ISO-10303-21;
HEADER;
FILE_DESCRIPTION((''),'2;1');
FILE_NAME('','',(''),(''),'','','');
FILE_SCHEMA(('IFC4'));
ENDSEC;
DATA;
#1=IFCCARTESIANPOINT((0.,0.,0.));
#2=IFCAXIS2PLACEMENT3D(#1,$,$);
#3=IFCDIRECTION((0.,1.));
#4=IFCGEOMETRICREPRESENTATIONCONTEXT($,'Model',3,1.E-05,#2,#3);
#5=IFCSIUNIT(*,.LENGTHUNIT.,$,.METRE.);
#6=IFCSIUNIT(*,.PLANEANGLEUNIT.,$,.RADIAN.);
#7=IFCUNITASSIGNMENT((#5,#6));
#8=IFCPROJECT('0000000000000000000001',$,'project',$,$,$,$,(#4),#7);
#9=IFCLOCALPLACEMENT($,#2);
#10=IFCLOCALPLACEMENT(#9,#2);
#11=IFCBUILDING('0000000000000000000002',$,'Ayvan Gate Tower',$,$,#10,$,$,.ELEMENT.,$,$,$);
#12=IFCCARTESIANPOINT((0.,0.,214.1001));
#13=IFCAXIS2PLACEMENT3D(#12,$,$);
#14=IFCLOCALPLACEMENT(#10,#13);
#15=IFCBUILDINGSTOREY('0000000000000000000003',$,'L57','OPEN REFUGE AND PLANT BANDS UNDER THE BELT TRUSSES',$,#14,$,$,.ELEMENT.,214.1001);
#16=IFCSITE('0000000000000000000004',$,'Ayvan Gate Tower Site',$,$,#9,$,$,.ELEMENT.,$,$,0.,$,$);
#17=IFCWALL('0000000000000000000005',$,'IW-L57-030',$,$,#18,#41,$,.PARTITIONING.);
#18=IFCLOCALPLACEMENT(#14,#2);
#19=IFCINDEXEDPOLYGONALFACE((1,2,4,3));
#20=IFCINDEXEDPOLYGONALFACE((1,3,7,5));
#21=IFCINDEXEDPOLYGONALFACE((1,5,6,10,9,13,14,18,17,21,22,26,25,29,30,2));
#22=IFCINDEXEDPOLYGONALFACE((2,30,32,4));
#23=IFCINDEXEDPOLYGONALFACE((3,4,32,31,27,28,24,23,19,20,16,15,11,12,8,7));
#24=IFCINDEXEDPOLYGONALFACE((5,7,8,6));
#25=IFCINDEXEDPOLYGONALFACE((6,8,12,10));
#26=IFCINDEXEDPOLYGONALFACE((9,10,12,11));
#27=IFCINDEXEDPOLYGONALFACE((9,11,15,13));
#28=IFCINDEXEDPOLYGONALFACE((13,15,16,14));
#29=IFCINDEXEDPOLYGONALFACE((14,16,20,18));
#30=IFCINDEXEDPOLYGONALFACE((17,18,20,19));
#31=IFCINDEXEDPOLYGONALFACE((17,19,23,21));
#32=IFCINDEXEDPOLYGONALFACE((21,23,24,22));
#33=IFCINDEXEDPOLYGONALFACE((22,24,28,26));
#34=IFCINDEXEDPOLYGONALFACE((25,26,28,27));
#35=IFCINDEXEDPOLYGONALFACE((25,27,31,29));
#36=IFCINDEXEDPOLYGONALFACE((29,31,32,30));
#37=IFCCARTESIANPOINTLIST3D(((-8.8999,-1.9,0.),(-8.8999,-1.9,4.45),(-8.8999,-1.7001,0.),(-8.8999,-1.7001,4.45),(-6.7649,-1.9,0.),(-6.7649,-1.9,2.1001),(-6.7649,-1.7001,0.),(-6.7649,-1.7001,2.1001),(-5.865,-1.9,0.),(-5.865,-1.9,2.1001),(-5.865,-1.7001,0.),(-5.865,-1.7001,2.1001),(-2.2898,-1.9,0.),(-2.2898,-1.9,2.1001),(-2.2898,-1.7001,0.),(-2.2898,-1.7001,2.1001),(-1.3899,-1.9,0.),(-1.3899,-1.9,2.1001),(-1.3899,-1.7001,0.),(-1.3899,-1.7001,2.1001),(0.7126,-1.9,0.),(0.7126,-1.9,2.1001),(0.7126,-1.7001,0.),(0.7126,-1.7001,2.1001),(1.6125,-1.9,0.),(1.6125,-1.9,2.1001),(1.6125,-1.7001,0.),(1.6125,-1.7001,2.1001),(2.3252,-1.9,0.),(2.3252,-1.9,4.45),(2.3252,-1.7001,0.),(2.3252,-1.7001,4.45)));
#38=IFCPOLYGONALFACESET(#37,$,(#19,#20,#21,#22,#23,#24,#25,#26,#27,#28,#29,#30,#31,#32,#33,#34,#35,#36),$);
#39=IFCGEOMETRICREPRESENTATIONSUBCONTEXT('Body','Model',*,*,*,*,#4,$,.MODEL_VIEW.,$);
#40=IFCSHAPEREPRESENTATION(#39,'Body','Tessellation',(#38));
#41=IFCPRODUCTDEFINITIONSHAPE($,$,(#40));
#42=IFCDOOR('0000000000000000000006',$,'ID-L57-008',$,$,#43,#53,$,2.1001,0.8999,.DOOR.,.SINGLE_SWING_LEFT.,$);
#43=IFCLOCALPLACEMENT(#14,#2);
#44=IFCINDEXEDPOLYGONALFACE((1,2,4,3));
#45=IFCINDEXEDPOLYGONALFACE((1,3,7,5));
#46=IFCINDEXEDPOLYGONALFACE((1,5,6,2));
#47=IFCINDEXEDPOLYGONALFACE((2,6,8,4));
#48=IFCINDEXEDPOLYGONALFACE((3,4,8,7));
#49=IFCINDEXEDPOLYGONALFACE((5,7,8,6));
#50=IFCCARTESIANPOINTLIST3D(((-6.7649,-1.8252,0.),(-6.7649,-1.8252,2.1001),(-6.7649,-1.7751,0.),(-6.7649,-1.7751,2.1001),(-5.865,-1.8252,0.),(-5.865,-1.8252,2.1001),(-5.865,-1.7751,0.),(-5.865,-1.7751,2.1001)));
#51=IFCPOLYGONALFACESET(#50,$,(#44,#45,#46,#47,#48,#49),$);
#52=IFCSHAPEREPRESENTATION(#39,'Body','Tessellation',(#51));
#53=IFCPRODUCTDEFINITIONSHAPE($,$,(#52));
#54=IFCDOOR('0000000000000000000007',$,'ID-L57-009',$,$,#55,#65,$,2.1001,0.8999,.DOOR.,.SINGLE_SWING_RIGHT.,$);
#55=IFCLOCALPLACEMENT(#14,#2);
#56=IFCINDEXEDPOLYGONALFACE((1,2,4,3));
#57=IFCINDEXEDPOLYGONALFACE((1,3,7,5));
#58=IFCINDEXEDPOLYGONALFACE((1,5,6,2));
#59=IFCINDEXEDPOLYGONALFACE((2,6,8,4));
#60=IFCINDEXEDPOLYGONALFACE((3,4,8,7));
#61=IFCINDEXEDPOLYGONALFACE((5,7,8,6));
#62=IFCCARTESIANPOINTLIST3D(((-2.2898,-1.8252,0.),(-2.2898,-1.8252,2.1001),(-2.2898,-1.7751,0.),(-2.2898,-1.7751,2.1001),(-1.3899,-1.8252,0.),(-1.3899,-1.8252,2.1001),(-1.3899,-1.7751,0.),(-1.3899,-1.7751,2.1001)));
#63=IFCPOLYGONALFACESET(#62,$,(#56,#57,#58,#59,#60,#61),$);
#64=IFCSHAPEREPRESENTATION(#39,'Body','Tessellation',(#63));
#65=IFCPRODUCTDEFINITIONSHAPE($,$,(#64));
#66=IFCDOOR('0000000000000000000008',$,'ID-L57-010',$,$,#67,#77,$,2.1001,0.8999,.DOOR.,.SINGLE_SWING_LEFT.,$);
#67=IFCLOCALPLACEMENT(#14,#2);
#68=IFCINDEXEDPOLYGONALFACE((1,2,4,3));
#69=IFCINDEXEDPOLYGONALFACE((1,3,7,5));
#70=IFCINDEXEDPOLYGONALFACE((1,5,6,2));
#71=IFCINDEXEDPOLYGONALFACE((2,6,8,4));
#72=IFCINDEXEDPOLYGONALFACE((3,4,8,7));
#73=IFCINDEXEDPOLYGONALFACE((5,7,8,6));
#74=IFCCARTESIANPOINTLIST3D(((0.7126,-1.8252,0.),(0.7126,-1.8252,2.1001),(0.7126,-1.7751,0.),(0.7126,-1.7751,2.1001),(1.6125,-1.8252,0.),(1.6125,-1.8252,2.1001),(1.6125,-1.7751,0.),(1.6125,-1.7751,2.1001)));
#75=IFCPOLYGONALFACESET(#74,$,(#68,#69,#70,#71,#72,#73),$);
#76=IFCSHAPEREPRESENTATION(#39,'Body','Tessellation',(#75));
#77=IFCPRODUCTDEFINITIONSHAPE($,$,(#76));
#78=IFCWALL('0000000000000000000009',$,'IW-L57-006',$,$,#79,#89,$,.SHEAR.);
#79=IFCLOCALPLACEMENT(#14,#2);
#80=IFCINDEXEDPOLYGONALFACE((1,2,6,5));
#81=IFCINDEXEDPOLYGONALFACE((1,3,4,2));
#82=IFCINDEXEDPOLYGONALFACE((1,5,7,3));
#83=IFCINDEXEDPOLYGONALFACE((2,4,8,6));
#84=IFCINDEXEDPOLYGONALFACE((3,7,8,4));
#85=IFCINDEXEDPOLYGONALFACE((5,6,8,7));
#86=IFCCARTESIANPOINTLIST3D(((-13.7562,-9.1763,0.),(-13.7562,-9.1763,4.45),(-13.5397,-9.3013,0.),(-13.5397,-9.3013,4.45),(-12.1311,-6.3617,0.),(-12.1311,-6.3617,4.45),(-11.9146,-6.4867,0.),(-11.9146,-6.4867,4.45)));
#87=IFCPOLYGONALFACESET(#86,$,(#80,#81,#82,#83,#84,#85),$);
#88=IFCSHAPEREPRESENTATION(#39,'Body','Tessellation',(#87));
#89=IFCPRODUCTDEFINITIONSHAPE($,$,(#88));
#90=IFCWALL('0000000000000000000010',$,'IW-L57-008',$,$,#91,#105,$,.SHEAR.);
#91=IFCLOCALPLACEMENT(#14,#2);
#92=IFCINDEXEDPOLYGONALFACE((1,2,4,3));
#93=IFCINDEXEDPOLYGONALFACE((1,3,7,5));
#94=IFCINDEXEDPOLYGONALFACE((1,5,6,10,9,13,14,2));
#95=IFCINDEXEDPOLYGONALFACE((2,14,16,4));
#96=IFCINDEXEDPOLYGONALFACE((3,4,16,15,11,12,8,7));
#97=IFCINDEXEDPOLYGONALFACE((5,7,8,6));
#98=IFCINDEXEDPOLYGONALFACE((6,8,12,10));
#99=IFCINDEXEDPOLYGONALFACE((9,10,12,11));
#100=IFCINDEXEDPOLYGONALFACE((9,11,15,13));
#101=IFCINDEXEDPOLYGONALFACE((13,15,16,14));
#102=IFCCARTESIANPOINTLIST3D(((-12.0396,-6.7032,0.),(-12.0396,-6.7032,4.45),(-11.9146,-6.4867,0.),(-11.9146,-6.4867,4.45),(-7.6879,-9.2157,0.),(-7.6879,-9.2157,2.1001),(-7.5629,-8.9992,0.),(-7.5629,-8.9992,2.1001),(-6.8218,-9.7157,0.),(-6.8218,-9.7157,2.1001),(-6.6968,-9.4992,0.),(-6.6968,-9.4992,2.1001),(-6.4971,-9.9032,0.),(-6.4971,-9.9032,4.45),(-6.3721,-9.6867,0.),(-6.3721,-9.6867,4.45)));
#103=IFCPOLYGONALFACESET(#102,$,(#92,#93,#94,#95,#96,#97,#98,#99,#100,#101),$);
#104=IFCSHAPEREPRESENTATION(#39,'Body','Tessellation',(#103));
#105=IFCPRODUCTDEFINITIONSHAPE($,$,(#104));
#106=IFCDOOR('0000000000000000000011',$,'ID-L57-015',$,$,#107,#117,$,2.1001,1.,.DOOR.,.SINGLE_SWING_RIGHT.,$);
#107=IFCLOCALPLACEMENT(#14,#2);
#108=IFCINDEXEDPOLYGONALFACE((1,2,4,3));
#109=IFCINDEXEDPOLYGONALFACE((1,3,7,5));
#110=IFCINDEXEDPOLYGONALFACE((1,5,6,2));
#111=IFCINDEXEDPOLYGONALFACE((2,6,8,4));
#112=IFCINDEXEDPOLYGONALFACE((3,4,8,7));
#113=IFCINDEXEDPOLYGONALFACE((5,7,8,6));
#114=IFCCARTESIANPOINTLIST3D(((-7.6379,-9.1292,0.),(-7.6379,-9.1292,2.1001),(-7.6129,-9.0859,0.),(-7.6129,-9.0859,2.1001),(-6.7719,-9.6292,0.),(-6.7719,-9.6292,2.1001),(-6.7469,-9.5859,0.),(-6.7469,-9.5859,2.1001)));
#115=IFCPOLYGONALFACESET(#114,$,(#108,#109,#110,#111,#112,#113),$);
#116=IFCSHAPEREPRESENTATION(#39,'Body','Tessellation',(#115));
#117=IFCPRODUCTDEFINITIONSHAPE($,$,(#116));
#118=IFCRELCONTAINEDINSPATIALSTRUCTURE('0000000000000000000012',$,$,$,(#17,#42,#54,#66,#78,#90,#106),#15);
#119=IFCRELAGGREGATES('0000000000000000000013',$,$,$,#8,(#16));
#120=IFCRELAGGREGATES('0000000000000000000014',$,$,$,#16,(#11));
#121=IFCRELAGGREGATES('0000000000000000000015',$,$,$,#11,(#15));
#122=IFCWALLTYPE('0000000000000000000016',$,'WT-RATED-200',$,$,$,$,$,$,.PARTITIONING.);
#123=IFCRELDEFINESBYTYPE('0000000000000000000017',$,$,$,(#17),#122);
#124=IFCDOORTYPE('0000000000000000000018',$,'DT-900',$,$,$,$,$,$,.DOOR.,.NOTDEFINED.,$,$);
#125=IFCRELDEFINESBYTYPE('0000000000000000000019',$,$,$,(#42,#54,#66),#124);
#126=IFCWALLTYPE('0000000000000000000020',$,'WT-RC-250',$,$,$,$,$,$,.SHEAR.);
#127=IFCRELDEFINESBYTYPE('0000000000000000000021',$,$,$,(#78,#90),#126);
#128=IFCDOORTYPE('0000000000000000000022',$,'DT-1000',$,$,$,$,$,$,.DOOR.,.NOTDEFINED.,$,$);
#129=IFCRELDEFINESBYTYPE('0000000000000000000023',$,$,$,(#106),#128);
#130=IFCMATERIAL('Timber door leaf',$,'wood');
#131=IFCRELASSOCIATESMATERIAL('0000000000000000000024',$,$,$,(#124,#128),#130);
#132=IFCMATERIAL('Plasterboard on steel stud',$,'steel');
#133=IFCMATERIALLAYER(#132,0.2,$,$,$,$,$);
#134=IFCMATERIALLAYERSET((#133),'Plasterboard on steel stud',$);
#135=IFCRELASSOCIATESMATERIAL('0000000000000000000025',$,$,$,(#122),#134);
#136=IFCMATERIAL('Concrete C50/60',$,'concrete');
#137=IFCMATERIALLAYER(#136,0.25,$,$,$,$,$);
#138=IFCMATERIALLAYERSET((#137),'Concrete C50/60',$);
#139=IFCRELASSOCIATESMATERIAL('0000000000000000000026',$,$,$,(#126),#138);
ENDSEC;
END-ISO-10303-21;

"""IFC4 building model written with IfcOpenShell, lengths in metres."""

from ifc_helpers import new_model, si_unit, direction, frame, frame_2d, origin, place, context, subcontext, project, spatial, rectangle, extrude, material, layer, layer_set, type_object, element, fill, save


model = new_model("IFC4")

# Units and contexts
model_context = context("Model", 3, precision=1e-05, world=origin(), true_north=direction((0.0, 1.0)))
body_context = subcontext(model_context, "Body", "Model", "MODEL_VIEW")
ifc_project = project(units=[si_unit("LENGTHUNIT", "METRE"), si_unit("PLANEANGLEUNIT", "RADIAN")], contexts=[model_context])

# Site, building, storey
site_placement = place(None, origin())
site = spatial("IfcSite", under=ifc_project, at=site_placement, Name="Ayvan Gate Tower Site", CompositionType="ELEMENT", RefElevation=0.0)
building_placement = place(site_placement, origin())
building = spatial("IfcBuilding", under=site, at=building_placement, Name="Ayvan Gate Tower", CompositionType="ELEMENT")
storey_placement = place(building_placement, frame((0.0, 0.0, 214.1001)))
storey = spatial("IfcBuildingStorey", under=building, at=storey_placement, Name="L57", Description="OPEN REFUGE AND PLANT BANDS UNDER THE BELT TRUSSES", CompositionType="ELEMENT", Elevation=214.1001)

# Shared definitions
ifc_material_1 = material(Name="Timber door leaf", Category="wood")
door_type_1 = type_object("IfcDoorType", Name="DT-900", OperationType="NOTDEFINED", PredefinedType="DOOR", material=ifc_material_1)

# Shared definitions
ifc_material_2 = material(Name="Plasterboard on steel stud", Category="steel")

# Wall, openings, doors
ifc_layer_1 = layer(ifc_material_2, 0.2)
ifc_layer_set_1 = layer_set([ifc_layer_1], Name="Plasterboard on steel stud")
wall_type_1 = type_object("IfcWallType", Name="WT-RATED-200", PredefinedType="PARTITIONING", material=ifc_layer_set_1)
wall_1_placement = place(storey_placement, frame((-8.8999, -1.8, 0.0), z_axis=(0.0, 0.0, 1.0), x_axis=(1.0, 0.0, 0.0)))
wall_1 = element("IfcWall", 1, at=wall_1_placement, inside=storey, type_object=wall_type_1, Name="IW-L57-030", PredefinedType="PARTITIONING", context=body_context, shape_type="SweptSolid", body=[
    extrude(rectangle(XDim=11.2251, YDim=0.2, at=frame_2d((5.6125, 0.0))), origin(), (0.0, 0.0, 1.0), 4.45),
])
opening_1_placement = place(wall_1_placement, frame((2.135, 0.0, 0.0)))
opening_1 = element("IfcOpeningElement", 2, at=opening_1_placement, cuts=wall_1, PredefinedType="OPENING", context=body_context, shape_type="SweptSolid", body=[
    extrude(rectangle(XDim=0.8999, YDim=2.1001, at=frame_2d((0.45, 1.05))), frame((0.0, 0.1099, 0.0), z_axis=(0.0, -1.0, 0.0), x_axis=(1.0, 0.0, 0.0)), (0.0, 0.0, 1.0), 0.22),
])
opening_2_placement = place(wall_1_placement, frame((6.6101, 0.0, 0.0)))
opening_2 = element("IfcOpeningElement", 3, at=opening_2_placement, cuts=wall_1, PredefinedType="OPENING", context=body_context, shape_type="SweptSolid", body=[
    extrude(rectangle(XDim=0.8999, YDim=2.1001, at=frame_2d((0.45, 1.05))), frame((0.0, 0.1099, 0.0), z_axis=(0.0, -1.0, 0.0), x_axis=(1.0, 0.0, 0.0)), (0.0, 0.0, 1.0), 0.22),
])
opening_3_placement = place(wall_1_placement, frame((9.6125, 0.0, 0.0)))
opening_3 = element("IfcOpeningElement", 4, at=opening_3_placement, cuts=wall_1, PredefinedType="OPENING", context=body_context, shape_type="SweptSolid", body=[
    extrude(rectangle(XDim=0.8999, YDim=2.1001, at=frame_2d((0.45, 1.05))), frame((0.0, 0.1099, 0.0), z_axis=(0.0, -1.0, 0.0), x_axis=(1.0, 0.0, 0.0)), (0.0, 0.0, 1.0), 0.22),
])
door_1_placement = place(opening_1_placement, origin())
door_1 = element("IfcDoor", 5, at=door_1_placement, inside=storey, type_object=door_type_1, Name="ID-L57-008", OperationType="SINGLE_SWING_LEFT", OverallHeight=2.1001, OverallWidth=0.8999, PredefinedType="DOOR", context=body_context, shape_type="SweptSolid", body=[
    extrude(rectangle(XDim=0.8999, YDim=2.1001, at=frame_2d((0.45, 1.05))), frame((0.0, 0.0249, 0.0), z_axis=(0.0, -1.0, 0.0), x_axis=(1.0, 0.0, 0.0)), (0.0, 0.0, 1.0), 0.05),
])
fill(opening_1, door_1)
door_2_placement = place(opening_2_placement, origin())
door_2 = element("IfcDoor", 6, at=door_2_placement, inside=storey, type_object=door_type_1, Name="ID-L57-009", OperationType="SINGLE_SWING_RIGHT", OverallHeight=2.1001, OverallWidth=0.8999, PredefinedType="DOOR", context=body_context, shape_type="SweptSolid", body=[
    extrude(rectangle(XDim=0.8999, YDim=2.1001, at=frame_2d((0.45, 1.05))), frame((0.0, 0.0249, 0.0), z_axis=(0.0, -1.0, 0.0), x_axis=(1.0, 0.0, 0.0)), (0.0, 0.0, 1.0), 0.05),
])
fill(opening_2, door_2)
door_3_placement = place(opening_3_placement, origin())
door_3 = element("IfcDoor", 7, at=door_3_placement, inside=storey, type_object=door_type_1, Name="ID-L57-010", OperationType="SINGLE_SWING_LEFT", OverallHeight=2.1001, OverallWidth=0.8999, PredefinedType="DOOR", context=body_context, shape_type="SweptSolid", body=[
    extrude(rectangle(XDim=0.8999, YDim=2.1001, at=frame_2d((0.45, 1.05))), frame((0.0, 0.0249, 0.0), z_axis=(0.0, -1.0, 0.0), x_axis=(1.0, 0.0, 0.0)), (0.0, 0.0, 1.0), 0.05),
])
fill(opening_3, door_3)

# Wall
ifc_material_3 = material(Name="Concrete C50/60", Category="concrete")
ifc_layer_2 = layer(ifc_material_3, 0.25)
ifc_layer_set_2 = layer_set([ifc_layer_2], Name="Concrete C50/60")
wall_type_2 = type_object("IfcWallType", Name="WT-RC-250", PredefinedType="SHEAR", material=ifc_layer_set_2)
wall_2_placement = place(storey_placement, frame((-13.6479, -9.2388, 0.0), z_axis=(0.0, 0.0, 1.0), x_axis=(0.500017, 0.866015, 0.0)))
element("IfcWall", 8, at=wall_2_placement, inside=storey, type_object=wall_type_2, Name="IW-L57-006", PredefinedType="SHEAR", context=body_context, shape_type="SweptSolid", body=[
    extrude(rectangle(XDim=3.25, YDim=0.25, at=frame_2d((1.625, 0.0))), origin(), (0.0, 0.0, 1.0), 4.45),
])

# Wall, opening, door
wall_3_placement = place(storey_placement, frame((-11.9771, -6.595, 0.0), z_axis=(0.0, 0.0, 1.0), x_axis=(0.866025, -0.5, 0.0)))
wall_3 = element("IfcWall", 9, at=wall_3_placement, inside=storey, type_object=wall_type_2, Name="IW-L57-008", PredefinedType="SHEAR", context=body_context, shape_type="SweptSolid", body=[
    extrude(rectangle(XDim=6.3999, YDim=0.25, at=frame_2d((3.2, 0.0))), origin(), (0.0, 0.0, 1.0), 4.45),
])
opening_4_placement = place(wall_3_placement, frame((5.0249, 0.0, 0.0)))
opening_4 = element("IfcOpeningElement", 10, at=opening_4_placement, cuts=wall_3, PredefinedType="OPENING", context=body_context, shape_type="SweptSolid", body=[
    extrude(rectangle(XDim=1.0, YDim=2.1001, at=frame_2d((0.5, 1.05))), frame((0.0, 0.135, 0.0), z_axis=(0.0, -1.0, 0.0), x_axis=(1.0, 0.0, 0.0)), (0.0, 0.0, 1.0), 0.27),
])
door_type_2 = type_object("IfcDoorType", Name="DT-1000", OperationType="NOTDEFINED", PredefinedType="DOOR", material=ifc_material_1)
door_4_placement = place(opening_4_placement, origin())
door_4 = element("IfcDoor", 11, at=door_4_placement, inside=storey, type_object=door_type_2, Name="ID-L57-015", OperationType="SINGLE_SWING_RIGHT", OverallHeight=2.1001, OverallWidth=1.0, PredefinedType="DOOR", context=body_context, shape_type="SweptSolid", body=[
    extrude(rectangle(XDim=1.0, YDim=2.1001, at=frame_2d((0.5, 1.05))), frame((0.0, 0.0249, 0.0), z_axis=(0.0, -1.0, 0.0), x_axis=(1.0, 0.0, 0.0)), (0.0, 0.0, 1.0), 0.05),
])
fill(opening_4, door_4)

save(model, "model.ifc")
